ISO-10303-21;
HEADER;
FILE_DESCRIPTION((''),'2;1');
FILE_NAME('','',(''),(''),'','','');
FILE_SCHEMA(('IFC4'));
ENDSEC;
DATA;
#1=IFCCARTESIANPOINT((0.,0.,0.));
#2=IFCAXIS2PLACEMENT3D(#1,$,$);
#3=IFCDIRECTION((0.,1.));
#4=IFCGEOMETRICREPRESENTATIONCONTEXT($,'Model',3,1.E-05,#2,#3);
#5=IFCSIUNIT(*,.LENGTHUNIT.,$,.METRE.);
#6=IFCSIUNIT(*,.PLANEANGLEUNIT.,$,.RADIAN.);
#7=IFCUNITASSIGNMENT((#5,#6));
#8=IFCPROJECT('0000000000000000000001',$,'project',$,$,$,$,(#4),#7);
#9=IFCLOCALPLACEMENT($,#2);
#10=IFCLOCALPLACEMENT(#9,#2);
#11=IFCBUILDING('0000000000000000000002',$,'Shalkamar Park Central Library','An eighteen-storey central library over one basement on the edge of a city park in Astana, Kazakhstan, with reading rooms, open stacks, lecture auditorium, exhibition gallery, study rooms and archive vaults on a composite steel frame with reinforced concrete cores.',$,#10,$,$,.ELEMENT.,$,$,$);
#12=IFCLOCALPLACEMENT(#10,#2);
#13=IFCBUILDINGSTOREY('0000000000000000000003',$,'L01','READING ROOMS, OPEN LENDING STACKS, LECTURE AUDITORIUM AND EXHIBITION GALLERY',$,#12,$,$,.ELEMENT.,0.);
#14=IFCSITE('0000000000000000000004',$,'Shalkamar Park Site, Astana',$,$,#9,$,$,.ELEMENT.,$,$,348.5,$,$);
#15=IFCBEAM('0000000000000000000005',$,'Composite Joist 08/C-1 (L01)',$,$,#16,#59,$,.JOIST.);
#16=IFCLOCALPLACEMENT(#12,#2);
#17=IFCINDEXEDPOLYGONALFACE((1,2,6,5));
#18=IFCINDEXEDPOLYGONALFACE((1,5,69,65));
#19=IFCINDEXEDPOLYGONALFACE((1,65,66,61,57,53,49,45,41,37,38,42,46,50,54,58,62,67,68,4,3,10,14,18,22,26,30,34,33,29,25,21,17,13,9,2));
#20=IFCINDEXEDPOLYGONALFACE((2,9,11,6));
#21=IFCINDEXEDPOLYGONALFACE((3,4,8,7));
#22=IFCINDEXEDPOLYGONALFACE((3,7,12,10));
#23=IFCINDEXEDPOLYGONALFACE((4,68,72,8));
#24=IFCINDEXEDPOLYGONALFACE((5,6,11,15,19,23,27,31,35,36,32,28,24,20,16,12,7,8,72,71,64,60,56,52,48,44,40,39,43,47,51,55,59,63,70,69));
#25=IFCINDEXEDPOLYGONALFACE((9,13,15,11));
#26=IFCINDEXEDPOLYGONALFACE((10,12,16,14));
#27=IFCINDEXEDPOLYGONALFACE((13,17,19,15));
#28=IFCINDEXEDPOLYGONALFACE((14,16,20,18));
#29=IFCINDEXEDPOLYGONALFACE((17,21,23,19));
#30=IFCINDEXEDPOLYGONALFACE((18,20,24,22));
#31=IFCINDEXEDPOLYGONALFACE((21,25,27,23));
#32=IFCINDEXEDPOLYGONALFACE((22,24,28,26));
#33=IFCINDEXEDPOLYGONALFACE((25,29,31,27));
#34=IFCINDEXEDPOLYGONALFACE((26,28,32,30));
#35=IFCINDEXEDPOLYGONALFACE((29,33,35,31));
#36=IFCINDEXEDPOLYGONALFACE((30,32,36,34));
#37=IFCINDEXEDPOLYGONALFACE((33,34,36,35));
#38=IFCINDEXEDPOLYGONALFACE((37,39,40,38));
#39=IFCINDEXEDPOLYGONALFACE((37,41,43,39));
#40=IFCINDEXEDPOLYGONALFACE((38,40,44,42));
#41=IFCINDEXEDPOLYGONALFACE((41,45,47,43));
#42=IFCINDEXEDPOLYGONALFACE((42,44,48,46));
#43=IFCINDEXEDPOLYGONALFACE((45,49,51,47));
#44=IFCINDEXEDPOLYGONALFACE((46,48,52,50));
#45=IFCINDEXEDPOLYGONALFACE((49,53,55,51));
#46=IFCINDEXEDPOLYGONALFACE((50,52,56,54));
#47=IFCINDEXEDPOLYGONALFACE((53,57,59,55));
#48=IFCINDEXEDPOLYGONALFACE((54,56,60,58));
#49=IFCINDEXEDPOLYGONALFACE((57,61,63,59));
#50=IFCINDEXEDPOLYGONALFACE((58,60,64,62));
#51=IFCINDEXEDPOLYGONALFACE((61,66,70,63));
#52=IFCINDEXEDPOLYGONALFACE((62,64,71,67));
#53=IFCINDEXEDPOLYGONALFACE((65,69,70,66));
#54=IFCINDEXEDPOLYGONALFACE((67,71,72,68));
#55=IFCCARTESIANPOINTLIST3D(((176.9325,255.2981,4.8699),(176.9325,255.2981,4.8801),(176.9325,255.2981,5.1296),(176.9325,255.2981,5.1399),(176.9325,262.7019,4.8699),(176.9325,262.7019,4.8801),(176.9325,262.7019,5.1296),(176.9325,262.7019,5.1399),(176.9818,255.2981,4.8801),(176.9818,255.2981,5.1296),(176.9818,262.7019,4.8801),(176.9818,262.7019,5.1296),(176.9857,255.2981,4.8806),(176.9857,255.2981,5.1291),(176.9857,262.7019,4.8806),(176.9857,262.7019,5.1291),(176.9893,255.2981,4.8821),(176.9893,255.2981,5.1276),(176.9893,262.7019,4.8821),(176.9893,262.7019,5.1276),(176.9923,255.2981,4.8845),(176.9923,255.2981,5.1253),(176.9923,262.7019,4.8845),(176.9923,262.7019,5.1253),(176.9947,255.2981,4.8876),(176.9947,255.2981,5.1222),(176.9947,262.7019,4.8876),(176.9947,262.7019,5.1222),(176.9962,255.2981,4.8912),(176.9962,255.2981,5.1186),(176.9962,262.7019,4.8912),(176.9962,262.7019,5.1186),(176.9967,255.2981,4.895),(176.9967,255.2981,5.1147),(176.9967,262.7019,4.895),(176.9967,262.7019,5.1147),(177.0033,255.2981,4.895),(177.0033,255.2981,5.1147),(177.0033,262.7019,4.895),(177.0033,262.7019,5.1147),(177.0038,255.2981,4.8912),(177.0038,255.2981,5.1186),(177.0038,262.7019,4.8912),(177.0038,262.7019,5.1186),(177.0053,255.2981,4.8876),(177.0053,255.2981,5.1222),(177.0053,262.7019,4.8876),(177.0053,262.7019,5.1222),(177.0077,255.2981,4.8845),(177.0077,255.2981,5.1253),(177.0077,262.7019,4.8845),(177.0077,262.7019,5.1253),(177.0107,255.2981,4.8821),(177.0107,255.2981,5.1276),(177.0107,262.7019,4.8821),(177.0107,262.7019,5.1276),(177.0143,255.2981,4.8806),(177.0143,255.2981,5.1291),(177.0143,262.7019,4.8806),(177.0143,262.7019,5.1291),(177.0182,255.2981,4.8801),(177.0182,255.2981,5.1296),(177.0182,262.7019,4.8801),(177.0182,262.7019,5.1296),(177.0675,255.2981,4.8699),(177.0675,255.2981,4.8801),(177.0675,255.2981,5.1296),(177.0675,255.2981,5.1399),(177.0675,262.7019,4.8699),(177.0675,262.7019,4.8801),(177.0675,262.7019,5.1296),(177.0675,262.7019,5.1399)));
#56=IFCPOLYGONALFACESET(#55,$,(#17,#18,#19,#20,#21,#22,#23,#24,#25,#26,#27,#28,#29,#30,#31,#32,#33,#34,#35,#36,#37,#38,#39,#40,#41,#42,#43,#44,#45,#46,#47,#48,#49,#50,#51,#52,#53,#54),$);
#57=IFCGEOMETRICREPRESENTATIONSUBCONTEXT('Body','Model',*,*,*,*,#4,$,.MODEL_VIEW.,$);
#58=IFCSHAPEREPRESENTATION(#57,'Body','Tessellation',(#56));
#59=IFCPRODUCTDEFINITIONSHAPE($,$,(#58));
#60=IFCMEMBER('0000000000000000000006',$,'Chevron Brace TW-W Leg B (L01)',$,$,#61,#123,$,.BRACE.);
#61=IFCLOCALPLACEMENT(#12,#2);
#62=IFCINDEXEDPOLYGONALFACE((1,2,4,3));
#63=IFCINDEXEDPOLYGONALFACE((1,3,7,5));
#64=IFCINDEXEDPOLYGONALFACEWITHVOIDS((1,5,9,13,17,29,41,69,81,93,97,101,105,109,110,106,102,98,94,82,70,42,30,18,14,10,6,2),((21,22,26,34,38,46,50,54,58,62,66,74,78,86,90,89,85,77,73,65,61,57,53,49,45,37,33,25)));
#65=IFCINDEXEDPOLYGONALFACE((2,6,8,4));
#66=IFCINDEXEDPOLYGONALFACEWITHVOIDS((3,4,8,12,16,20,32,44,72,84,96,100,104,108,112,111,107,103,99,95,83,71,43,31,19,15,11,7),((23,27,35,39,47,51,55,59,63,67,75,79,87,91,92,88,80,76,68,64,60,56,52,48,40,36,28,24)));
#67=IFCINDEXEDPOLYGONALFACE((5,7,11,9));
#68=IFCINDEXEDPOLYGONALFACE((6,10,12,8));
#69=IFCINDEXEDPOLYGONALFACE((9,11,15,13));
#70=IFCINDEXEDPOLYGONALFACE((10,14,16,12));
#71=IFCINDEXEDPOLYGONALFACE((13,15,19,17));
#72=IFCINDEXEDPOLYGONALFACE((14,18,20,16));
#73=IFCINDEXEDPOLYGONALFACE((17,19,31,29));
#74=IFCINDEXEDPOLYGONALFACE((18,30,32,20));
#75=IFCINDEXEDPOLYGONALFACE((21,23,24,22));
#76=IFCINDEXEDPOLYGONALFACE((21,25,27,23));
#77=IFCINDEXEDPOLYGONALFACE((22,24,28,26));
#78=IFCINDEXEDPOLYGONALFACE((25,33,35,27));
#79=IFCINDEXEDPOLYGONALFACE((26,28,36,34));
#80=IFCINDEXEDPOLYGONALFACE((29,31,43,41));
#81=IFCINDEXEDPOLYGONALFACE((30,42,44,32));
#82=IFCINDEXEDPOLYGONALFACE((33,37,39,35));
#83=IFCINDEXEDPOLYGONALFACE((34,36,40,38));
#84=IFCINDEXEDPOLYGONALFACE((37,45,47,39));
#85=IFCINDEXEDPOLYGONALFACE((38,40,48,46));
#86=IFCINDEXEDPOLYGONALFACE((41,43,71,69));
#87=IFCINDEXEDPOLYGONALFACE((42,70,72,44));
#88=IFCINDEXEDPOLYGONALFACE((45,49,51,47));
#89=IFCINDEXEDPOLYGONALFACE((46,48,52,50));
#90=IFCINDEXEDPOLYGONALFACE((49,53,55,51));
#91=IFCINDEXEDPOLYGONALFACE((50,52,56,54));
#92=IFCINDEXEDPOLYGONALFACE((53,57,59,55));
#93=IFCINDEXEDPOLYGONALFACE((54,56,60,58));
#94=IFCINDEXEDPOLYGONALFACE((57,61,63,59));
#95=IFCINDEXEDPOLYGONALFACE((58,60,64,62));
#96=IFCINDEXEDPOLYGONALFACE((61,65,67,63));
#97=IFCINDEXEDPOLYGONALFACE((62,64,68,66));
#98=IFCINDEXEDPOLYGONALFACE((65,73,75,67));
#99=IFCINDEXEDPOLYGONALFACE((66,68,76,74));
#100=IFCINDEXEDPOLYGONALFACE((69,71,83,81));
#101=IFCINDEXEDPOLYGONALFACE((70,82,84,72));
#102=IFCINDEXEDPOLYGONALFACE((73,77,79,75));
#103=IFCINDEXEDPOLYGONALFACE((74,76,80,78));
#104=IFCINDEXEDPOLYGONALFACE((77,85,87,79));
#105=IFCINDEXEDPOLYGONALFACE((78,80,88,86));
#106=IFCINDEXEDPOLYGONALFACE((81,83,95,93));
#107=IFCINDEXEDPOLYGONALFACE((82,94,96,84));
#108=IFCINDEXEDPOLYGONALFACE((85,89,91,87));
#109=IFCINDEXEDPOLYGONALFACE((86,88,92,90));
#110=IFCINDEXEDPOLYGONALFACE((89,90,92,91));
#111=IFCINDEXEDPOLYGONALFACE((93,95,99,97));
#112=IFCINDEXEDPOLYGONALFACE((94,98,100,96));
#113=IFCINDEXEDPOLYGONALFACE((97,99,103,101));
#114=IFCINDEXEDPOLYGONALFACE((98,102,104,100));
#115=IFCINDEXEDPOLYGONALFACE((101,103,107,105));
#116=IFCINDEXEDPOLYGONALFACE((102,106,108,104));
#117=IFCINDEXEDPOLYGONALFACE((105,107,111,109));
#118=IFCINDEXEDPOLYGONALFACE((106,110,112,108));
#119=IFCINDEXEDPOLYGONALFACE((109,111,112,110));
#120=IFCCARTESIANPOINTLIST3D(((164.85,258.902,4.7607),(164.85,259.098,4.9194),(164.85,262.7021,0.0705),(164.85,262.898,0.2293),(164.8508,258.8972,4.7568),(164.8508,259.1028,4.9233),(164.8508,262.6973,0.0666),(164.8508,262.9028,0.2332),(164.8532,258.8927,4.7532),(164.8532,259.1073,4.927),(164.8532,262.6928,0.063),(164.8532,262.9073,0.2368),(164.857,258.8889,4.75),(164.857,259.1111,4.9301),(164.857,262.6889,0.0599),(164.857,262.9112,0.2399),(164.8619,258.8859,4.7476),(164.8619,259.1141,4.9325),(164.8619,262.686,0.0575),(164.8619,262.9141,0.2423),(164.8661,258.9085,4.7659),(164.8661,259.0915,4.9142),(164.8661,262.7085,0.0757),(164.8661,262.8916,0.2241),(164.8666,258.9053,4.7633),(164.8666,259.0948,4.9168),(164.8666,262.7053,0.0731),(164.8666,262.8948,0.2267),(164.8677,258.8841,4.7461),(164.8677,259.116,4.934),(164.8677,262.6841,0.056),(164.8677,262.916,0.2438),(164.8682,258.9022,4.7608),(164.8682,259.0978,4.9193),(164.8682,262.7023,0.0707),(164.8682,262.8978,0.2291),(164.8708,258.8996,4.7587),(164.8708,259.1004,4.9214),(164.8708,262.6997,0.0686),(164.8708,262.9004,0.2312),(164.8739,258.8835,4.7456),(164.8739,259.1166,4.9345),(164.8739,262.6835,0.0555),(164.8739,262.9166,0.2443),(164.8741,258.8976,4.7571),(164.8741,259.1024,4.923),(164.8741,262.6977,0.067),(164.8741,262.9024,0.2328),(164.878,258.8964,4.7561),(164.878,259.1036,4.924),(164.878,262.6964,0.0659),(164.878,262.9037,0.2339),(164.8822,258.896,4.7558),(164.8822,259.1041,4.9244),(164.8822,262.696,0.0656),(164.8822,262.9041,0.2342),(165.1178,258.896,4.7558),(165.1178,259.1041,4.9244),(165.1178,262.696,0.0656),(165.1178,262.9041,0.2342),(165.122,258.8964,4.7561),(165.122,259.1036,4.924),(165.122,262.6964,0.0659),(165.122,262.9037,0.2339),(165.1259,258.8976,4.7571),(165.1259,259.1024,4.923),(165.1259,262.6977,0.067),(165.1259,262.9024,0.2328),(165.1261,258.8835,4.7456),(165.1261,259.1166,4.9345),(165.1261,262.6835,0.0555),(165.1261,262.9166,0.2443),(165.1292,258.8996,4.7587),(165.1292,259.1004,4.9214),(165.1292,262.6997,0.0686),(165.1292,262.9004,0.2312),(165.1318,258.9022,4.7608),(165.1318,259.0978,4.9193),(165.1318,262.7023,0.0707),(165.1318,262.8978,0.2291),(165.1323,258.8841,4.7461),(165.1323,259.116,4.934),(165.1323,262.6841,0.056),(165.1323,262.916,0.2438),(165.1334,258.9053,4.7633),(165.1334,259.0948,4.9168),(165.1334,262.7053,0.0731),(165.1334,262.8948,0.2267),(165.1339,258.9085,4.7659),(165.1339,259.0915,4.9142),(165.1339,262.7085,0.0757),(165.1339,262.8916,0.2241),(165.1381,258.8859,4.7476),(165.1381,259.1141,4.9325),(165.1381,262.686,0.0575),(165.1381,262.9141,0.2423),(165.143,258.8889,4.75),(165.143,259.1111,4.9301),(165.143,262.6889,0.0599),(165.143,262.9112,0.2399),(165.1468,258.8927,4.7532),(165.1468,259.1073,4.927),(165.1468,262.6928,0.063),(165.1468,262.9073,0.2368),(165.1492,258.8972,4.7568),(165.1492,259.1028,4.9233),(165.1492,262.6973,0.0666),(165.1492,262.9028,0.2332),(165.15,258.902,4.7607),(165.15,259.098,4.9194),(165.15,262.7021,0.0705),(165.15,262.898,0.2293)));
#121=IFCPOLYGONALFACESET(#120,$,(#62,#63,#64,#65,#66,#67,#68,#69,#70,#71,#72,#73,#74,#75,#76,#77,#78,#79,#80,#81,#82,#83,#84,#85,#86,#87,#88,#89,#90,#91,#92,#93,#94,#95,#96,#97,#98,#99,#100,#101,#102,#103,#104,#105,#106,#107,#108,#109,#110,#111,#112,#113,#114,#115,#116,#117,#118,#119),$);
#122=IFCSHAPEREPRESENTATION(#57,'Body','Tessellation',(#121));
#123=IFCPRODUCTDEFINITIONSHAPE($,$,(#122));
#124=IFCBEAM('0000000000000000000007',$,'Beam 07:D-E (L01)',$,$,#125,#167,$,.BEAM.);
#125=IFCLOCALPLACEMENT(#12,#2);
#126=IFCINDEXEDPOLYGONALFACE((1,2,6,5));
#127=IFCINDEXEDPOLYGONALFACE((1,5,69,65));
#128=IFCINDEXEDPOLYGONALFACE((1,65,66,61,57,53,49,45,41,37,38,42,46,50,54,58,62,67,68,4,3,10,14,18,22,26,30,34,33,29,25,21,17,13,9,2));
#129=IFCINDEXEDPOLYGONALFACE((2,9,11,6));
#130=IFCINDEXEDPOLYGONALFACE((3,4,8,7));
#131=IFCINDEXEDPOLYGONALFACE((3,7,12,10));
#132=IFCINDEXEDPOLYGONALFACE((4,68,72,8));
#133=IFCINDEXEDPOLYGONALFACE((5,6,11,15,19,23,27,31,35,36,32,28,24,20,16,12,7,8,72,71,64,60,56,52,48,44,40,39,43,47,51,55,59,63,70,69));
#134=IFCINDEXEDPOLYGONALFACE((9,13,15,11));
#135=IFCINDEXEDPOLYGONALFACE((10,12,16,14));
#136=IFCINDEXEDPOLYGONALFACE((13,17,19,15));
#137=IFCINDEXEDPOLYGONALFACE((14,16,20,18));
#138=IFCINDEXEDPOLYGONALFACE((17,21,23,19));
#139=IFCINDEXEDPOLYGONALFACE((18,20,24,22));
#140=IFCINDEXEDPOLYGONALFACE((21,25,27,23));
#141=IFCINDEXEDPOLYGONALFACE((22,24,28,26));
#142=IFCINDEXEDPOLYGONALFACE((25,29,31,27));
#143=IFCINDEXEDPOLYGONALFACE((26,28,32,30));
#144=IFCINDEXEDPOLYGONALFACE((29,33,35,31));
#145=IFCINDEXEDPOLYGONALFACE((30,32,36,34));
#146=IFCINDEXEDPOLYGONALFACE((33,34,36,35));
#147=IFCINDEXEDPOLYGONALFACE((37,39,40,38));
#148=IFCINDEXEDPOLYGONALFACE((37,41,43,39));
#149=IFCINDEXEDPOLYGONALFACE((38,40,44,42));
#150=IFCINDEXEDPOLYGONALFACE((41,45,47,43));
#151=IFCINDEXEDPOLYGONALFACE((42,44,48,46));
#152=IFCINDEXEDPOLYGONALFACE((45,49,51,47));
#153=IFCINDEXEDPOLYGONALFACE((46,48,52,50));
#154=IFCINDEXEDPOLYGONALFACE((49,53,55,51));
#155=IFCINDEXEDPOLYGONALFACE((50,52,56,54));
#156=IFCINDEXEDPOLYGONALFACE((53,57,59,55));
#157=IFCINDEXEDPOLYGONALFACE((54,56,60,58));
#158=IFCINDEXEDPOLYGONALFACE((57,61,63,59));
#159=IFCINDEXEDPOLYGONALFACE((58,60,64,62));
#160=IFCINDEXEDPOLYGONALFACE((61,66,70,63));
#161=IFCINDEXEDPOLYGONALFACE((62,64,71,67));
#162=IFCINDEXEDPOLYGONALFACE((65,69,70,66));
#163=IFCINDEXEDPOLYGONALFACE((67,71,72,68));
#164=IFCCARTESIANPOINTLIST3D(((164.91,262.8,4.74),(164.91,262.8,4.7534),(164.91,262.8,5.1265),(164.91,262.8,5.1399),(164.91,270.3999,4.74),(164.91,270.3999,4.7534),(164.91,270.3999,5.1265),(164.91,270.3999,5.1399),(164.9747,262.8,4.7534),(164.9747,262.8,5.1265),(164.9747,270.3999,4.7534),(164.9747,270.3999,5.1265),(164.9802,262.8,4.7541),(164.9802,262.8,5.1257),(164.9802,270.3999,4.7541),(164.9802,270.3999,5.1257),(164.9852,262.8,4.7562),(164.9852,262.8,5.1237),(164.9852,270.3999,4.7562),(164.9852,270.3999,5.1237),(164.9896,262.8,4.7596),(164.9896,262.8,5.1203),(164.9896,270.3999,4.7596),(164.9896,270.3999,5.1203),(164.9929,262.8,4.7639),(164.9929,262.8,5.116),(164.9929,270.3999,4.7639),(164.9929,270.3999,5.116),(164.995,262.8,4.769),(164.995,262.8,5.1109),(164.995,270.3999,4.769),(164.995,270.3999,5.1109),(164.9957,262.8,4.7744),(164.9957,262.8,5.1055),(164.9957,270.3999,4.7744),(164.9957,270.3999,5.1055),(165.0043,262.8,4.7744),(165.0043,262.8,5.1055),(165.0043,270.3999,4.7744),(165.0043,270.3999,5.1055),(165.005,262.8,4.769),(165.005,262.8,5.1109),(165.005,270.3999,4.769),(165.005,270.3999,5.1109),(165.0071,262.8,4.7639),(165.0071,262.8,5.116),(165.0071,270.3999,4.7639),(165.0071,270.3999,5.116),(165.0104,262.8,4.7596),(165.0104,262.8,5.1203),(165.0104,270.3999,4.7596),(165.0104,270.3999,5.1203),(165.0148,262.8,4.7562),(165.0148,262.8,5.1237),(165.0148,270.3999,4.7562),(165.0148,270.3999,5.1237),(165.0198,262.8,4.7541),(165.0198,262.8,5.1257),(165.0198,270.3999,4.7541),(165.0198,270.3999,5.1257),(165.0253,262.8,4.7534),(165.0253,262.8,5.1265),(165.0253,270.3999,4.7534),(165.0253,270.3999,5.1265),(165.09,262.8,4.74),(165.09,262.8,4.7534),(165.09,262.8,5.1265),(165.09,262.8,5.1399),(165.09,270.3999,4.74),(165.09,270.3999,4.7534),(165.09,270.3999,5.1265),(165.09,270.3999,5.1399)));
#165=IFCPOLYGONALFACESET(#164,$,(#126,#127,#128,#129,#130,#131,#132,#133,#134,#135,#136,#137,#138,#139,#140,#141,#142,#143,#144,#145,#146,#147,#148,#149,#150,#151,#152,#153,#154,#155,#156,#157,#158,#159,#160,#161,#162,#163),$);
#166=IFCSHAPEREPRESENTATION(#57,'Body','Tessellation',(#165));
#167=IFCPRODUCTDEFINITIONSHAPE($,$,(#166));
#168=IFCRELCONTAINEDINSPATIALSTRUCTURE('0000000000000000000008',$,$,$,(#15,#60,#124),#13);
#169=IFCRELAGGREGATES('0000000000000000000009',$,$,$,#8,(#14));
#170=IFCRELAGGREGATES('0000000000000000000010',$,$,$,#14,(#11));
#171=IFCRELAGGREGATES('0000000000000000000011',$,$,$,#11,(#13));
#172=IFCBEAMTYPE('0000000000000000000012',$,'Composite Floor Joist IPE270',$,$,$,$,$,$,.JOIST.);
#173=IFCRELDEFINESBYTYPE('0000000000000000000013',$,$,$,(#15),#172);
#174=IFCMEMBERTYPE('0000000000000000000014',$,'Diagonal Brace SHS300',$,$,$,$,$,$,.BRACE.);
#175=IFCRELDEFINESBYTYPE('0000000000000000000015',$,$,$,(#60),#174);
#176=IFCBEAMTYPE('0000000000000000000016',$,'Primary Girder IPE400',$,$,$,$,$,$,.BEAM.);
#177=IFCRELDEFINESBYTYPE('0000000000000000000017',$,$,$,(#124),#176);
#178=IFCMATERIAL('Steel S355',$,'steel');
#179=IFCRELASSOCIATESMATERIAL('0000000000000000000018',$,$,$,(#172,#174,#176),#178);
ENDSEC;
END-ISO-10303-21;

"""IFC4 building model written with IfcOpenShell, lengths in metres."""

from ifc_helpers import new_model, si_unit, direction, frame, origin, origin_2d, place, context, subcontext, project, spatial, hollow_rectangle, i_section, extrude, material, material_profile, profile_set, type_object, element, save


model = new_model("IFC4")

# Units and contexts
model_context = context("Model", 3, precision=1e-05, world=origin(), true_north=direction((0.0, 1.0)))
body_context = subcontext(model_context, "Body", "Model", "MODEL_VIEW")
ifc_project = project(units=[si_unit("LENGTHUNIT", "METRE"), si_unit("PLANEANGLEUNIT", "RADIAN")], contexts=[model_context])

# Site, building, storey
site_placement = place(None, origin())
site = spatial("IfcSite", under=ifc_project, at=site_placement, Name="Shalkamar Park Site, Astana", CompositionType="ELEMENT", RefElevation=348.5)
building_placement = place(site_placement, origin())
building = spatial("IfcBuilding", under=site, at=building_placement, Name="Shalkamar Park Central Library", Description="An eighteen-storey central library over one basement on the edge of a city park in Astana, Kazakhstan, with reading rooms, open stacks, lecture auditorium, exhibition gallery, study rooms and archive vaults on a composite steel frame with reinforced concrete cores.", CompositionType="ELEMENT")
storey_placement = place(building_placement, origin())
storey = spatial("IfcBuildingStorey", under=building, at=storey_placement, Name="L01", Description="READING ROOMS, OPEN LENDING STACKS, LECTURE AUDITORIUM AND EXHIBITION GALLERY", CompositionType="ELEMENT", Elevation=0.0)

# Shared definitions
ifc_material_1 = material(Name="Steel S355", Category="steel")

# Beam
ifc_material_profile_1 = material_profile(ifc_material_1, i_section(OverallWidth=0.135, OverallDepth=0.27, WebThickness=0.0066, FlangeThickness=0.0103, FilletRadius=0.0149, at=origin_2d()), Name="IPE 270")
ifc_profile_set_1 = profile_set([ifc_material_profile_1], Name="Steel S355")
beam_type_1 = type_object("IfcBeamType", Name="Composite Floor Joist IPE270", PredefinedType="JOIST", material=ifc_profile_set_1)
for number, where, z_axis, x_axis, name in (
    (1, (177.0, 255.2981, 5.0049), (0.0, 1.0, 0.0), (-1.0, 0.0, 0.0), "Composite Joist 08/C-1 (L01)"),
):
    element("IfcBeam", number, at=place(storey_placement, frame(where, z_axis=z_axis, x_axis=x_axis)), inside=storey, type_object=beam_type_1, Name=name, PredefinedType="JOIST", context=body_context, shape_type="SweptSolid", body=[
        extrude(i_section(OverallWidth=0.135, OverallDepth=0.27, WebThickness=0.0066, FlangeThickness=0.0103, FilletRadius=0.0149, at=origin_2d()), origin(), (0.0, 0.0, 1.0), 7.4038),
    ])

# Member
ifc_material_profile_2 = material_profile(ifc_material_1, hollow_rectangle(XDim=0.3, YDim=0.3, WallThickness=0.0161, InnerFilletRadius=0.0161, OuterFilletRadius=0.0239, at=origin_2d()), Name="SHS 300x300x16")
ifc_profile_set_2 = profile_set([ifc_material_profile_2], Name="Steel S355")
member_type = type_object("IfcMemberType", Name="Diagonal Brace SHS300", PredefinedType="BRACE", material=ifc_profile_set_2)
member_placement = place(storey_placement, frame((165.0, 262.8, 0.1499), z_axis=(0.0, -0.629522, 0.776983), x_axis=(1.0, 0.0, 0.0)))
element("IfcMember", 2, at=member_placement, inside=storey, type_object=member_type, Name="Chevron Brace TW-W Leg B (L01)", PredefinedType="BRACE", context=body_context, shape_type="SweptSolid", body=[
    extrude(hollow_rectangle(XDim=0.3, YDim=0.3, WallThickness=0.0161, InnerFilletRadius=0.0161, OuterFilletRadius=0.0239, at=origin_2d()), origin(), (0.0, 0.0, 1.0), 6.0364),
])

# Beam
ifc_material_profile_3 = material_profile(ifc_material_1, i_section(OverallWidth=0.1799, OverallDepth=0.3999, WebThickness=0.0085, FlangeThickness=0.0134, FilletRadius=0.021, at=origin_2d()), Name="IPE 400")
ifc_profile_set_3 = profile_set([ifc_material_profile_3], Name="Steel S355")
beam_type_2 = type_object("IfcBeamType", Name="Primary Girder IPE400", PredefinedType="BEAM", material=ifc_profile_set_3)
for number, where, z_axis, x_axis, name in (
    (3, (165.0, 262.8, 4.9399), (0.0, 1.0, 0.0), (-1.0, 0.0, 0.0), "Beam 07:D-E (L01)"),
):
    element("IfcBeam", number, at=place(storey_placement, frame(where, z_axis=z_axis, x_axis=x_axis)), inside=storey, type_object=beam_type_2, Name=name, PredefinedType="BEAM", context=body_context, shape_type="SweptSolid", body=[
        extrude(i_section(OverallWidth=0.1799, OverallDepth=0.3999, WebThickness=0.0085, FlangeThickness=0.0134, FilletRadius=0.021, at=origin_2d()), origin(), (0.0, 0.0, 1.0), 7.5999),
    ])

save(model, "model.ifc")
